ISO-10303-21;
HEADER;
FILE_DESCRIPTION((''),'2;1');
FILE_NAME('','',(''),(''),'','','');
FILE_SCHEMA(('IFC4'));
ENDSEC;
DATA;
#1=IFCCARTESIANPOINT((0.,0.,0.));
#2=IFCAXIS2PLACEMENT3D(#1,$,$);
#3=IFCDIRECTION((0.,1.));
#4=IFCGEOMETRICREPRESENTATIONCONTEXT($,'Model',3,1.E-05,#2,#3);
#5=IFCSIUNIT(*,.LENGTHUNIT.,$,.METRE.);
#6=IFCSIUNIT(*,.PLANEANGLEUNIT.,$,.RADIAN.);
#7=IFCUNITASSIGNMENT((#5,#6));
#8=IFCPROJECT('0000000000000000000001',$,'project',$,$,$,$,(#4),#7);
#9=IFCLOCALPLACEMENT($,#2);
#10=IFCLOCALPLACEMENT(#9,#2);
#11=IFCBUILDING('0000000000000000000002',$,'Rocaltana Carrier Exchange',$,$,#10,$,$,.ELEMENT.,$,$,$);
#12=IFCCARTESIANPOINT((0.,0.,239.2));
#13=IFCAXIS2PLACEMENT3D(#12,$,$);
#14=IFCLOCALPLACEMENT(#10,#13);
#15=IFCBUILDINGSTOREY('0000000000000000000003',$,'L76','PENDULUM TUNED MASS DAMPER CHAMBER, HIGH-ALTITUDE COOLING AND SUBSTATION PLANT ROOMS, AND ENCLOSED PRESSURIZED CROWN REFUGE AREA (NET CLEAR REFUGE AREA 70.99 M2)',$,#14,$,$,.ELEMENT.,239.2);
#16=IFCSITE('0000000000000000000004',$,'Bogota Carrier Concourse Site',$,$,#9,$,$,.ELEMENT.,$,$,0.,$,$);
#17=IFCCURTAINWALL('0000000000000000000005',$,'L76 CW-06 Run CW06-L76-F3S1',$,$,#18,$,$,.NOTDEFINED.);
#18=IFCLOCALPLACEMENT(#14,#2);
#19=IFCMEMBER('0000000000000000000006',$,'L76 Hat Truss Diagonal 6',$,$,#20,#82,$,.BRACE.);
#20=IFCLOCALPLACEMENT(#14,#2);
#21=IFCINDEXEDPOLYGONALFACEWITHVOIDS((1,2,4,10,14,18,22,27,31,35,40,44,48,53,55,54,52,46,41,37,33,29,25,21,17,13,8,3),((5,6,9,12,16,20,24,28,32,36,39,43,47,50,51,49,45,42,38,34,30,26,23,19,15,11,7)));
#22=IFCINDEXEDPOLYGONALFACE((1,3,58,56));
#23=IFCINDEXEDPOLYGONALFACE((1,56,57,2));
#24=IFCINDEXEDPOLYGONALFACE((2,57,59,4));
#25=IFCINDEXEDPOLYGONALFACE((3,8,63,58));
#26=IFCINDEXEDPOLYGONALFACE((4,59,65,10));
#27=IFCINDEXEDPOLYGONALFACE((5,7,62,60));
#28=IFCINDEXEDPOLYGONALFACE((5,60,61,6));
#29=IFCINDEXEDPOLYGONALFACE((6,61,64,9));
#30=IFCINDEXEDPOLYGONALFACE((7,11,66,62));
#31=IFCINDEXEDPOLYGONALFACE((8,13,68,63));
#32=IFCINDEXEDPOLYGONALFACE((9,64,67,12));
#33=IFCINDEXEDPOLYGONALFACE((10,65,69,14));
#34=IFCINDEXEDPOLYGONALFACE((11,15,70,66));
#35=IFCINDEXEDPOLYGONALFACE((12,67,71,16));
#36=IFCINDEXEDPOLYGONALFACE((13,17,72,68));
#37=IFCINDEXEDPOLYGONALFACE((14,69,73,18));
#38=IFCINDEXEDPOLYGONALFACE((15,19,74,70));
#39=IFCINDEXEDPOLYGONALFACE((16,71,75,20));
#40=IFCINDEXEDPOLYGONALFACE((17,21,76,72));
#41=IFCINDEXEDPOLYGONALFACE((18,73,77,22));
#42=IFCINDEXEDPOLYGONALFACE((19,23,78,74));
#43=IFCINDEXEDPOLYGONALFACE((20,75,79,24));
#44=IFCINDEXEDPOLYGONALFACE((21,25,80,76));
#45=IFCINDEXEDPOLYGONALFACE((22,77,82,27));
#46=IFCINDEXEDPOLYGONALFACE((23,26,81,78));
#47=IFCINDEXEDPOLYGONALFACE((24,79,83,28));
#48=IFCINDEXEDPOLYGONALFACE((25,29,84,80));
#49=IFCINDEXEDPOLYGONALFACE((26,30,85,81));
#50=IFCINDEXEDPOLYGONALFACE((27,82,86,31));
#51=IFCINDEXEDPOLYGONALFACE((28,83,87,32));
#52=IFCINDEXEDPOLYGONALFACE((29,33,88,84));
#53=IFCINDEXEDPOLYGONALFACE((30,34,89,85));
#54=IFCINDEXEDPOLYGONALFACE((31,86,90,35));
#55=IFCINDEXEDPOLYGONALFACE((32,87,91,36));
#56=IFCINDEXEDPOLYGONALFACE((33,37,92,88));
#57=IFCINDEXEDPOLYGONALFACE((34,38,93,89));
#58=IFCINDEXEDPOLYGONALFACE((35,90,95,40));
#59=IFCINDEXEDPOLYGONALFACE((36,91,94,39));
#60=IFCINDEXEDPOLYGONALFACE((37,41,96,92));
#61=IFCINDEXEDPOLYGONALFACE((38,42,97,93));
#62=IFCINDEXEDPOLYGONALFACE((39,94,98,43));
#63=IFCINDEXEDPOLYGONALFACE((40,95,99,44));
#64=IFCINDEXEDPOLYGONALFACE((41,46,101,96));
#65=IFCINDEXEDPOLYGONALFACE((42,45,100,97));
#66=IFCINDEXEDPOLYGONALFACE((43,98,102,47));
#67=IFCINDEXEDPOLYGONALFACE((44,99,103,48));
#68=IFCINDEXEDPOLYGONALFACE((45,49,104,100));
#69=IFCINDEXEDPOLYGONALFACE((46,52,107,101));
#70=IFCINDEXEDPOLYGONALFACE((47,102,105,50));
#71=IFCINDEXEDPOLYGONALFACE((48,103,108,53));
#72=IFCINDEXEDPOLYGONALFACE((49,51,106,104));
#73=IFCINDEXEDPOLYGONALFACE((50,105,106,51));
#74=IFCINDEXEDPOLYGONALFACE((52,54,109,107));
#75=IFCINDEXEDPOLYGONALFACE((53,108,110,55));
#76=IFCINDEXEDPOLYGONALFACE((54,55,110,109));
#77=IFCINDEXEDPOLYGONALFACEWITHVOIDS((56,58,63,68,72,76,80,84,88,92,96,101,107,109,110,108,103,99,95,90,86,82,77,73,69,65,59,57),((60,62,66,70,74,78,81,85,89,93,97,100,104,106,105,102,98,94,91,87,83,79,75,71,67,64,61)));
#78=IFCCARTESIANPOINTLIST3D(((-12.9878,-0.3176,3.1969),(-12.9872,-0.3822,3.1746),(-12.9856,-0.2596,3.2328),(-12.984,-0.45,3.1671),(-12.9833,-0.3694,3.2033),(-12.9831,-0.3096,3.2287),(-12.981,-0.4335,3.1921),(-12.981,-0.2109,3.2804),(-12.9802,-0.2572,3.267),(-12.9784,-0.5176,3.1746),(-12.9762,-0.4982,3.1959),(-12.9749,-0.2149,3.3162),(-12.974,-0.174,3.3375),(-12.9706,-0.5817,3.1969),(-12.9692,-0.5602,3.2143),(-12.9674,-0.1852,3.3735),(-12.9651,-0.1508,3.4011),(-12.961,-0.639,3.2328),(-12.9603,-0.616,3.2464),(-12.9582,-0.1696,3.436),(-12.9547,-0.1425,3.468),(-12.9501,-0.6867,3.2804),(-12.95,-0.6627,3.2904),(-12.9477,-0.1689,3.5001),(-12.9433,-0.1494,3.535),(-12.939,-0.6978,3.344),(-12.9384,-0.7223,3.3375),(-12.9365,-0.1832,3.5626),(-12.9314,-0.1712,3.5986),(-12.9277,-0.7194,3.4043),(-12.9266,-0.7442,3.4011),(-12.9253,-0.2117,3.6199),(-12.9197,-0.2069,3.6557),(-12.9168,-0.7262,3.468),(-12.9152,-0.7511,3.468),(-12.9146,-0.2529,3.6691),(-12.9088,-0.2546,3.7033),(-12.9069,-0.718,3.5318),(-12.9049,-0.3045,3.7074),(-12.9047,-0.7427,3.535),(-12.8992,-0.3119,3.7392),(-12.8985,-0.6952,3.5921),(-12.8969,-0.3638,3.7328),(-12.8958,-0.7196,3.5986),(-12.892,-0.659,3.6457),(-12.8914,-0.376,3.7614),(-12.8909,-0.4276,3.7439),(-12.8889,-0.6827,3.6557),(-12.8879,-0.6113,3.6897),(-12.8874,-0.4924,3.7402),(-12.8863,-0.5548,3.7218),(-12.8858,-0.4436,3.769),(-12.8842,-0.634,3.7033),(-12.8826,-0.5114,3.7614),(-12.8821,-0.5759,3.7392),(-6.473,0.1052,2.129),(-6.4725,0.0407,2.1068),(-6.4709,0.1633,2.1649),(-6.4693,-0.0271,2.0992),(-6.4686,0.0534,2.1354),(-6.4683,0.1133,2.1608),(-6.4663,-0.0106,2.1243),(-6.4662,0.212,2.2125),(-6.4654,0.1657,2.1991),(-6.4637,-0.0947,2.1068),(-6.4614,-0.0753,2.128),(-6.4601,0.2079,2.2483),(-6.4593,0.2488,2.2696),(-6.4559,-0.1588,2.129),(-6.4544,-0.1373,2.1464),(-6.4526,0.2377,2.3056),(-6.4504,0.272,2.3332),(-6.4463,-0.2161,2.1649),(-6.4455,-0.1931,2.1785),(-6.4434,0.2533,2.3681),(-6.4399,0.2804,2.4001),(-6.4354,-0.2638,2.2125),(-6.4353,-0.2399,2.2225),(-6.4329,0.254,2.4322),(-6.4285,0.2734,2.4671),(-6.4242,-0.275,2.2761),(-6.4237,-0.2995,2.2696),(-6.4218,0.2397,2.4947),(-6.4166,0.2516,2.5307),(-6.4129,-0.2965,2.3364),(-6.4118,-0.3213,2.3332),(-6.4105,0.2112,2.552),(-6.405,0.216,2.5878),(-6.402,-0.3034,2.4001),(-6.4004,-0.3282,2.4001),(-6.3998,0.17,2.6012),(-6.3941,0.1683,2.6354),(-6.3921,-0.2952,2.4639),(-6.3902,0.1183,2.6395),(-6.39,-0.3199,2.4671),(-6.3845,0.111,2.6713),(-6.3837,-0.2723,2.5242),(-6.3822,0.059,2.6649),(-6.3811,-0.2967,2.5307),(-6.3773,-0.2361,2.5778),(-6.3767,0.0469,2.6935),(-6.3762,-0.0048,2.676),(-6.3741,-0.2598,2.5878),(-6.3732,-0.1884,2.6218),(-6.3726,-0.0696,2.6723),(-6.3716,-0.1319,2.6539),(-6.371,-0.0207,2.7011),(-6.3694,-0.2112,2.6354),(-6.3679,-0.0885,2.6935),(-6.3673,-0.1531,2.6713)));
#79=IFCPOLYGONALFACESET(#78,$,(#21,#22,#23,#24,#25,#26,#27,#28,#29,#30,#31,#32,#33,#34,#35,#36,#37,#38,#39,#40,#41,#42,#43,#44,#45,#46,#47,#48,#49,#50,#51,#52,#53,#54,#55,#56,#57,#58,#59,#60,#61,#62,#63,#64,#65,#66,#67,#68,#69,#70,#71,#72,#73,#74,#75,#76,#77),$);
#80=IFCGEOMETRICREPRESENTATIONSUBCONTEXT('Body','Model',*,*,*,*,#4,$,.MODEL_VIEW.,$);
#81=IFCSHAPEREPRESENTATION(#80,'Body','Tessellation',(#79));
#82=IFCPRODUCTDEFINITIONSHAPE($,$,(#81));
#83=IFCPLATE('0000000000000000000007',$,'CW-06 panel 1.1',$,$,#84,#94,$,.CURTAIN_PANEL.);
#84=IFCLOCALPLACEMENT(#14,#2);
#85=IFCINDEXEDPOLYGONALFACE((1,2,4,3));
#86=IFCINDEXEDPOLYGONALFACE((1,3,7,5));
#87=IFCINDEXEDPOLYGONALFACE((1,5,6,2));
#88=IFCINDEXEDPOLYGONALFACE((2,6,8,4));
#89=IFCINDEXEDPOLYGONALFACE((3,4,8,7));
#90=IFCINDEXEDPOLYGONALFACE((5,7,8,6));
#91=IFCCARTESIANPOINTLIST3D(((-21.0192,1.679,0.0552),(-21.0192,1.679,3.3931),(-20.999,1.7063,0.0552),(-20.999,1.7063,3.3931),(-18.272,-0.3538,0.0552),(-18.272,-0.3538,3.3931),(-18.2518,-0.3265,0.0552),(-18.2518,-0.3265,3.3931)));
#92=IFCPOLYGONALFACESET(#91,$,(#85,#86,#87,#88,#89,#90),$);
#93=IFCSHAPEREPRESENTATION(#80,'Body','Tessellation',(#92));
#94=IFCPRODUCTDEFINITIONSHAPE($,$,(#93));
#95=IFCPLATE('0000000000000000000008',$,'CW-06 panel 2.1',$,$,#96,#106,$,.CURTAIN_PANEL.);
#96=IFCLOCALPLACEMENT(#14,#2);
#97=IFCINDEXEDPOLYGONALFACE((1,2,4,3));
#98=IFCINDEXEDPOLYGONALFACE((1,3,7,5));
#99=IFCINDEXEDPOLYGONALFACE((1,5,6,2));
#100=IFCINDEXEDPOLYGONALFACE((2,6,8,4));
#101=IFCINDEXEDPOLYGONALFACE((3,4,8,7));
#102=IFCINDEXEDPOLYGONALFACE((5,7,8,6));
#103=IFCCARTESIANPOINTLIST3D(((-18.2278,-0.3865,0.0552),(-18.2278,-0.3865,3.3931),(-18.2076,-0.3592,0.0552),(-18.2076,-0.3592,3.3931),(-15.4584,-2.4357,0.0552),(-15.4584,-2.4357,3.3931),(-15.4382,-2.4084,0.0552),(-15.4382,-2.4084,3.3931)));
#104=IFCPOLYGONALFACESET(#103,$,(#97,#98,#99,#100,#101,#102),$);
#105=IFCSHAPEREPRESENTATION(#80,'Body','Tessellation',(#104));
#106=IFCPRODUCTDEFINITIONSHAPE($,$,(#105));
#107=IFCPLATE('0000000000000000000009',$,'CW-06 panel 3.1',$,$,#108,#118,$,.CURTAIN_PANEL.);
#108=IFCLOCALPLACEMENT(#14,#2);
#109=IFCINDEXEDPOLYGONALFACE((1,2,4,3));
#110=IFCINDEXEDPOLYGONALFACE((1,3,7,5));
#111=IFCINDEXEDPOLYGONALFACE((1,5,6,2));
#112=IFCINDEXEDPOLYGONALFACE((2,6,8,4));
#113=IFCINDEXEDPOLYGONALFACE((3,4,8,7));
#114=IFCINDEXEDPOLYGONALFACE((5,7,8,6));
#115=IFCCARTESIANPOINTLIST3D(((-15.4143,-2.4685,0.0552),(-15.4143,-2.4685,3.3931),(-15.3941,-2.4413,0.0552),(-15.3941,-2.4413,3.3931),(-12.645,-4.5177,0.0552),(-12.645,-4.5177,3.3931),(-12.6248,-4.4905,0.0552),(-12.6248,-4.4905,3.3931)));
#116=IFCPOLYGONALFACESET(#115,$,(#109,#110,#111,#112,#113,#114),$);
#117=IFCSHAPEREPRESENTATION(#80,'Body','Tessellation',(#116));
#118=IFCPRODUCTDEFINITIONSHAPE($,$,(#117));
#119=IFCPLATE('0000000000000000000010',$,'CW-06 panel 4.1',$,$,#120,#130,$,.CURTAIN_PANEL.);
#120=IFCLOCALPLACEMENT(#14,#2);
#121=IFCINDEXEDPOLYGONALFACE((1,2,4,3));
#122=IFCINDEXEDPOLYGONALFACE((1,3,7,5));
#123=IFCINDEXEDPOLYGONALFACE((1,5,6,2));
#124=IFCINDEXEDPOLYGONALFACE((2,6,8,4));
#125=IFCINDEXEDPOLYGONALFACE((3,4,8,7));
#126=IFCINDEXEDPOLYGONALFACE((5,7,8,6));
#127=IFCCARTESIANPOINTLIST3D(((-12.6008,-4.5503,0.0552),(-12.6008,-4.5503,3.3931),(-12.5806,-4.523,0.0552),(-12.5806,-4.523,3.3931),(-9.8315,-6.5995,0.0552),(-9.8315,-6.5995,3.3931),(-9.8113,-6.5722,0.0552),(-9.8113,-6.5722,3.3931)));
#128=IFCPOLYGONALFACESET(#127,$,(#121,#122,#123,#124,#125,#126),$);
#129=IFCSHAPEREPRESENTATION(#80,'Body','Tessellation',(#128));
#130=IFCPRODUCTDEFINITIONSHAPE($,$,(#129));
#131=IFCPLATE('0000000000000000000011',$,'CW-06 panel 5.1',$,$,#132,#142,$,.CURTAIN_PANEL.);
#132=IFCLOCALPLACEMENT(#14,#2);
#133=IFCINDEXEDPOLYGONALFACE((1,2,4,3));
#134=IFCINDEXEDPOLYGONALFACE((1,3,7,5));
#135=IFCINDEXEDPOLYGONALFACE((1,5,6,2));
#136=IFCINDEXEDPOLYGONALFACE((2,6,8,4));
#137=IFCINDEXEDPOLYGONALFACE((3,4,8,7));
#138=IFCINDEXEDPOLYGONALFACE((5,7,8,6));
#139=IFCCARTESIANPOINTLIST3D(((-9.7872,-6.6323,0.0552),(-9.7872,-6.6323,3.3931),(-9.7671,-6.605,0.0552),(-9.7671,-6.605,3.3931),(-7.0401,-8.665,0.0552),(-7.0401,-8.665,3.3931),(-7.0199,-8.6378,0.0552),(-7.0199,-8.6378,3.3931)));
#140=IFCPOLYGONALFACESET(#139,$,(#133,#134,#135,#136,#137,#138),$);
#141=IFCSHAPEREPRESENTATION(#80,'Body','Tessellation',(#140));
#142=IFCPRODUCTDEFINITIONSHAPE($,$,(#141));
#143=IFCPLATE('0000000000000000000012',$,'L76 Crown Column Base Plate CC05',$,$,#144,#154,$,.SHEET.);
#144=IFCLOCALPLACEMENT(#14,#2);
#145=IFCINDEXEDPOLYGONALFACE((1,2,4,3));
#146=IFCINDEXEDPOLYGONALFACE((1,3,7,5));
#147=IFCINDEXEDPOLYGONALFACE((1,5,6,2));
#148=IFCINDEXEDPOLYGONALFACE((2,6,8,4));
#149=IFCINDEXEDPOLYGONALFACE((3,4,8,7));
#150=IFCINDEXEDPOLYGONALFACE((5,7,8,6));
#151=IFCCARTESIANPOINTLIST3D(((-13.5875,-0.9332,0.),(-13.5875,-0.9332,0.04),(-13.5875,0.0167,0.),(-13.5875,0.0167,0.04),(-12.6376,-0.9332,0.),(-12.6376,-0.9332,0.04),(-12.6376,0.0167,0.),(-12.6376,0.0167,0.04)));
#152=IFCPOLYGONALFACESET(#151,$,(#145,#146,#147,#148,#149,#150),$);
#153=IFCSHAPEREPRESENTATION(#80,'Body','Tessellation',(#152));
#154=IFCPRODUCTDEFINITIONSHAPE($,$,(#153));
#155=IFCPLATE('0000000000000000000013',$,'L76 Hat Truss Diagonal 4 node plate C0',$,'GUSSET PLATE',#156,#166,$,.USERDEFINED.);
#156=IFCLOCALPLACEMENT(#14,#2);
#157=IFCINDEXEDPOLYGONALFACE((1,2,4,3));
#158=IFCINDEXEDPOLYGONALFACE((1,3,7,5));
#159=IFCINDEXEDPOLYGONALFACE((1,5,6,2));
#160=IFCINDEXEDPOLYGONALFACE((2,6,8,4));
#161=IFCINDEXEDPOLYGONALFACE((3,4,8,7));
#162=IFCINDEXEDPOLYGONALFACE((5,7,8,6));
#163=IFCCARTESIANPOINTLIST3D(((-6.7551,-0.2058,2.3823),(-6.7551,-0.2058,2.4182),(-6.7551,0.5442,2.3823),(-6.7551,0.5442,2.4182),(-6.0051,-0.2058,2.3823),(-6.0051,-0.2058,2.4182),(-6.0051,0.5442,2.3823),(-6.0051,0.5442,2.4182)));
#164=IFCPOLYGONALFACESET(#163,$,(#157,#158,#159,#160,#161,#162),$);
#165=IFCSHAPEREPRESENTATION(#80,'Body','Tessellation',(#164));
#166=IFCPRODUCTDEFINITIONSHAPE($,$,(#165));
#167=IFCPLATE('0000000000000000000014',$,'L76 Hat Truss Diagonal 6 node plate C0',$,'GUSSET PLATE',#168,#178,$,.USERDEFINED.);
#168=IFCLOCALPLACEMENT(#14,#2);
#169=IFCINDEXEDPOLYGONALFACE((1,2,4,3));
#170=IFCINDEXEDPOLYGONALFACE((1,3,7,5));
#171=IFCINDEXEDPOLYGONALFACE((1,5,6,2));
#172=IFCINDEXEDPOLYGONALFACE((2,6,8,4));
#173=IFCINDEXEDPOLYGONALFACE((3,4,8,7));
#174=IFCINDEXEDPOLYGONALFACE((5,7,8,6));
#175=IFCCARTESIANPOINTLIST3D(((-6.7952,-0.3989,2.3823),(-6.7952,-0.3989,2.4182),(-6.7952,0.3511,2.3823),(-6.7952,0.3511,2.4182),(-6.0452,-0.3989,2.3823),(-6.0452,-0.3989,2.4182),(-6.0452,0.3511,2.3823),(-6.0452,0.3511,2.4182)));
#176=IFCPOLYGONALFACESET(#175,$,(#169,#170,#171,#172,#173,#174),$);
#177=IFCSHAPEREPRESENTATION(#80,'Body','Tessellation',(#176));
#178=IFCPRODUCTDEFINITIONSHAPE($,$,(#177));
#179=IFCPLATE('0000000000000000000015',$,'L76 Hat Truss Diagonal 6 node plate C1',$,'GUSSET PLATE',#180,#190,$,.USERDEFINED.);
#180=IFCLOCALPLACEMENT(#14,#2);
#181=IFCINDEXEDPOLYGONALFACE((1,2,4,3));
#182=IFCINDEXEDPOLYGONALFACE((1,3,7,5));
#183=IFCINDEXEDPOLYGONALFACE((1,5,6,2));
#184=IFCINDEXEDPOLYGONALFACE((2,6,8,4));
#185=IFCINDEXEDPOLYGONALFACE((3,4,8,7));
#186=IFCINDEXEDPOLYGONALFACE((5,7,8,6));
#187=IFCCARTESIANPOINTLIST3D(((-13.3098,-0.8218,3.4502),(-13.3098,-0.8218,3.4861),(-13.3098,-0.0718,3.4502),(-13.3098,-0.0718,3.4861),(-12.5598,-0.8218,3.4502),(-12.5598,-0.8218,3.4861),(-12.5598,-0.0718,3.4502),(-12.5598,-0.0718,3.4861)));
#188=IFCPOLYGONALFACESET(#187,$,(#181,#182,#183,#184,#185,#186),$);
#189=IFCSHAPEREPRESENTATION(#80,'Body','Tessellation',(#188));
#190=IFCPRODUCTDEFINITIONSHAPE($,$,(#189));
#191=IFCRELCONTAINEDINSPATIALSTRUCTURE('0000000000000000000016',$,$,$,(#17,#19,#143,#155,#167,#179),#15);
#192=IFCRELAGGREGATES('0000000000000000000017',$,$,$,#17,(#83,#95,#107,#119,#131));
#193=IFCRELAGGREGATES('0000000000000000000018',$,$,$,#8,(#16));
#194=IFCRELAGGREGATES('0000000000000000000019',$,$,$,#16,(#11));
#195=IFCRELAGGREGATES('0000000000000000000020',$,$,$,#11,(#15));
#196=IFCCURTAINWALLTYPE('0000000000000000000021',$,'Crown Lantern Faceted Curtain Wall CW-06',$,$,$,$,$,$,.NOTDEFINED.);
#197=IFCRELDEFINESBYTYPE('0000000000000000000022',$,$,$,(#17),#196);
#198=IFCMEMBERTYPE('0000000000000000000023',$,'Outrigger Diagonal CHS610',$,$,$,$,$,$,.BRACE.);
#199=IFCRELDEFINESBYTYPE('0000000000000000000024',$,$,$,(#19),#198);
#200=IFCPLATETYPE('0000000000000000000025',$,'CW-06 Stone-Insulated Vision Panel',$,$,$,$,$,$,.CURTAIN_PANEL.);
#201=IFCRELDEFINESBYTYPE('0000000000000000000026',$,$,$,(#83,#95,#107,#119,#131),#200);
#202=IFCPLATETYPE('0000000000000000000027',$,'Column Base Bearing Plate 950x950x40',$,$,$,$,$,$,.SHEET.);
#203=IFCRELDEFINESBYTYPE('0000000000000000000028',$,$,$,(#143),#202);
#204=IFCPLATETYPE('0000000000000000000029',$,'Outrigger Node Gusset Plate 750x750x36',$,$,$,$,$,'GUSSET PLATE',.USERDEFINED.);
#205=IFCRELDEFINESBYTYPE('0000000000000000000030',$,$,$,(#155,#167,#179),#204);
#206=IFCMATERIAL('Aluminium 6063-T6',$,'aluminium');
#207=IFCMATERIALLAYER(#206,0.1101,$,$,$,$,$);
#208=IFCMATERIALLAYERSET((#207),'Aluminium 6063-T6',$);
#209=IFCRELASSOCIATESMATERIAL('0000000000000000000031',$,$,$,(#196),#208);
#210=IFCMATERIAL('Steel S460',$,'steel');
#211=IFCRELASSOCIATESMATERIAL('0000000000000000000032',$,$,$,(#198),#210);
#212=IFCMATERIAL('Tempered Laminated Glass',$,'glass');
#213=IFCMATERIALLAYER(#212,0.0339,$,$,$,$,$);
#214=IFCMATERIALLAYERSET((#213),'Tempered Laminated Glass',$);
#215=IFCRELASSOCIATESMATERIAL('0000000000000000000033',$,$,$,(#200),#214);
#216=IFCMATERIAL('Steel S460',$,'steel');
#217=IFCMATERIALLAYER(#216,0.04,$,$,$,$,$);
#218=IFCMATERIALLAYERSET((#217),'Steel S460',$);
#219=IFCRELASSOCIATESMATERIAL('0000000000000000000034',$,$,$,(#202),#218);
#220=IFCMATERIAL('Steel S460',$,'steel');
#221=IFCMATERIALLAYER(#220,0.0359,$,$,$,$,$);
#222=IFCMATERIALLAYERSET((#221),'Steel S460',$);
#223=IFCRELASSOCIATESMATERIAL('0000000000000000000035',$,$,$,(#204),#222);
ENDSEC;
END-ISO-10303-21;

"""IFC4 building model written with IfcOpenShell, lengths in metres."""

from ifc_helpers import new_model, si_unit, direction, frame, origin, origin_2d, place, context, subcontext, project, spatial, rectangle, hollow_circle, extrude, material, layer, layer_set, material_profile, profile_set, type_object, element, aggregate, save


model = new_model("IFC4")

# Units and contexts
model_context = context("Model", 3, precision=1e-05, world=origin(), true_north=direction((0.0, 1.0)))
body_context = subcontext(model_context, "Body", "Model", "MODEL_VIEW")
ifc_project = project(units=[si_unit("LENGTHUNIT", "METRE"), si_unit("PLANEANGLEUNIT", "RADIAN")], contexts=[model_context])

# Site, building, storey
site_placement = place(None, origin())
site = spatial("IfcSite", under=ifc_project, at=site_placement, Name="Bogota Carrier Concourse Site", CompositionType="ELEMENT", RefElevation=0.0)
building_placement = place(site_placement, origin())
building = spatial("IfcBuilding", under=site, at=building_placement, Name="Rocaltana Carrier Exchange", CompositionType="ELEMENT")
storey_placement = place(building_placement, frame((0.0, 0.0, 239.2)))
storey = spatial("IfcBuildingStorey", under=building, at=storey_placement, Name="L76", Description="PENDULUM TUNED MASS DAMPER CHAMBER, HIGH-ALTITUDE COOLING AND SUBSTATION PLANT ROOMS, AND ENCLOSED PRESSURIZED CROWN REFUGE AREA (NET CLEAR REFUGE AREA 70.99 M2)", CompositionType="ELEMENT", Elevation=239.2)

# Curtain wall
ifc_material_1 = material(Name="Aluminium 6063-T6", Category="aluminium")
ifc_layer_1 = layer(ifc_material_1, 0.1101)
ifc_layer_set_1 = layer_set([ifc_layer_1], Name="Aluminium 6063-T6")
curtain_wall_type = type_object("IfcCurtainWallType", Name="Crown Lantern Faceted Curtain Wall CW-06", PredefinedType="NOTDEFINED", material=ifc_layer_set_1)
curtain_wall_1_placement = place(storey_placement, origin())
curtain_wall_1 = element("IfcCurtainWall", 1, at=curtain_wall_1_placement, inside=storey, type_object=curtain_wall_type, Name="L76 CW-06 Run CW06-L76-F3S1", PredefinedType="NOTDEFINED")

# Member
ifc_material_2 = material(Name="Steel S460", Category="steel")
ifc_material_profile_1 = material_profile(ifc_material_2, hollow_circle(Radius=0.3049, WallThickness=0.0249, at=origin_2d()), Name="CHS610X25")
ifc_profile_set_1 = profile_set([ifc_material_profile_1], Name="Steel S460")
member_type_1 = type_object("IfcMemberType", Name="Outrigger Diagonal CHS610", PredefinedType="BRACE", material=ifc_profile_set_1)
member_1_placement = place(storey_placement, frame((-6.4202, -0.0239, 2.4001), z_axis=(-0.984812, -0.063922, 0.161429), x_axis=(0.064772, -0.9979, 0.0)))
element("IfcMember", 2, at=member_1_placement, inside=storey, type_object=member_type_1, Name="L76 Hat Truss Diagonal 6", PredefinedType="BRACE", context=body_context, shape_type="SweptSolid", body=[
    extrude(hollow_circle(Radius=0.3049, WallThickness=0.0249, at=origin_2d()), origin(), (0.0, 0.0, 1.0), 6.6152),
])

# Plates
ifc_material_3 = material(Name="Tempered Laminated Glass", Category="glass")
ifc_layer_2 = layer(ifc_material_3, 0.0339)
ifc_layer_set_2 = layer_set([ifc_layer_2], Name="Tempered Laminated Glass")
plate_type_1 = type_object("IfcPlateType", Name="CW-06 Stone-Insulated Vision Panel", PredefinedType="CURTAIN_PANEL", material=ifc_layer_set_2)
plate_1_placement = place(storey_placement, frame((-19.6355, 0.6763, 0.0552), z_axis=(0.0, 0.0, 1.0), x_axis=(0.803857, -0.594823, 0.0)))
plate_1 = element("IfcPlate", 3, at=plate_1_placement, type_object=plate_type_1, Name="CW-06 panel 1.1", PredefinedType="CURTAIN_PANEL", context=body_context, shape_type="SweptSolid", body=[
    extrude(rectangle(XDim=3.4175, YDim=0.0339, at=origin_2d()), origin(), (0.0, 0.0, 1.0), 3.3379),
])
plate_2_placement = place(storey_placement, frame((-16.833, -1.3975, 0.0552), z_axis=(0.0, 0.0, 1.0), x_axis=(0.803857, -0.594823, 0.0)))
plate_2 = element("IfcPlate", 4, at=plate_2_placement, type_object=plate_type_1, Name="CW-06 panel 2.1", PredefinedType="CURTAIN_PANEL", context=body_context, shape_type="SweptSolid", body=[
    extrude(rectangle(XDim=3.4451, YDim=0.0339, at=origin_2d()), origin(), (0.0, 0.0, 1.0), 3.3379),
])
plate_3_placement = place(storey_placement, frame((-14.0195, -3.4795, 0.0552), z_axis=(0.0, 0.0, 1.0), x_axis=(0.803857, -0.594823, 0.0)))
plate_3 = element("IfcPlate", 5, at=plate_3_placement, type_object=plate_type_1, Name="CW-06 panel 3.1", PredefinedType="CURTAIN_PANEL", context=body_context, shape_type="SweptSolid", body=[
    extrude(rectangle(XDim=3.4451, YDim=0.0339, at=origin_2d()), origin(), (0.0, 0.0, 1.0), 3.3379),
])
plate_4_placement = place(storey_placement, frame((-11.2061, -5.5613, 0.0552), z_axis=(0.0, 0.0, 1.0), x_axis=(0.803857, -0.594823, 0.0)))
plate_4 = element("IfcPlate", 6, at=plate_4_placement, type_object=plate_type_1, Name="CW-06 panel 4.1", PredefinedType="CURTAIN_PANEL", context=body_context, shape_type="SweptSolid", body=[
    extrude(rectangle(XDim=3.4451, YDim=0.0339, at=origin_2d()), origin(), (0.0, 0.0, 1.0), 3.3379),
])
plate_5_placement = place(storey_placement, frame((-8.4036, -7.635, 0.0552), z_axis=(0.0, 0.0, 1.0), x_axis=(0.803857, -0.594823, 0.0)))
plate_5 = element("IfcPlate", 7, at=plate_5_placement, type_object=plate_type_1, Name="CW-06 panel 5.1", PredefinedType="CURTAIN_PANEL", context=body_context, shape_type="SweptSolid", body=[
    extrude(rectangle(XDim=3.4175, YDim=0.0339, at=origin_2d()), origin(), (0.0, 0.0, 1.0), 3.3379),
])
aggregate(curtain_wall_1, [plate_1, plate_2, plate_3, plate_4, plate_5])

# Plates
ifc_material_4 = material(Name="Steel S460", Category="steel")
ifc_layer_3 = layer(ifc_material_4, 0.04)
ifc_layer_set_3 = layer_set([ifc_layer_3], Name="Steel S460")
plate_type_2 = type_object("IfcPlateType", Name="Column Base Bearing Plate 950x950x40", PredefinedType="SHEET", material=ifc_layer_set_3)
plate_6_placement = place(storey_placement, frame((-13.1125, -0.4583, 0.0), z_axis=(0.0, 0.0, 1.0), x_axis=(1.0, 0.0, 0.0)))
element("IfcPlate", 8, at=plate_6_placement, inside=storey, type_object=plate_type_2, Name="L76 Crown Column Base Plate CC05", PredefinedType="SHEET", context=body_context, shape_type="SweptSolid", body=[
    extrude(rectangle(XDim=0.95, YDim=0.95, at=origin_2d()), origin(), (0.0, 0.0, 1.0), 0.04),
])
ifc_material_5 = material(Name="Steel S460", Category="steel")
ifc_layer_4 = layer(ifc_material_5, 0.0359)
ifc_layer_set_4 = layer_set([ifc_layer_4], Name="Steel S460")
plate_type_3 = type_object("IfcPlateType", Name="Outrigger Node Gusset Plate 750x750x36", ElementType="GUSSET PLATE", PredefinedType="USERDEFINED", material=ifc_layer_set_4)
for number, where, z_axis, x_axis, name in (
    (9, (-6.3801, 0.1692, 2.3823), (0.0, 0.0, 1.0), (1.0, 0.0, 0.0), "L76 Hat Truss Diagonal 4 node plate C0"),
    (10, (-6.4202, -0.0239, 2.3823), (0.0, 0.0, 1.0), (1.0, 0.0, 0.0), "L76 Hat Truss Diagonal 6 node plate C0"),
    (11, (-12.9348, -0.4468, 3.4502), (0.0, 0.0, 1.0), (1.0, 0.0, 0.0), "L76 Hat Truss Diagonal 6 node plate C1"),
):
    element("IfcPlate", number, at=place(storey_placement, frame(where, z_axis=z_axis, x_axis=x_axis)), inside=storey, type_object=plate_type_3, Name=name, ObjectType="GUSSET PLATE", PredefinedType="USERDEFINED", context=body_context, shape_type="SweptSolid", body=[
        extrude(rectangle(XDim=0.75, YDim=0.75, at=origin_2d()), origin(), (0.0, 0.0, 1.0), 0.0359),
    ])

save(model, "model.ifc")
